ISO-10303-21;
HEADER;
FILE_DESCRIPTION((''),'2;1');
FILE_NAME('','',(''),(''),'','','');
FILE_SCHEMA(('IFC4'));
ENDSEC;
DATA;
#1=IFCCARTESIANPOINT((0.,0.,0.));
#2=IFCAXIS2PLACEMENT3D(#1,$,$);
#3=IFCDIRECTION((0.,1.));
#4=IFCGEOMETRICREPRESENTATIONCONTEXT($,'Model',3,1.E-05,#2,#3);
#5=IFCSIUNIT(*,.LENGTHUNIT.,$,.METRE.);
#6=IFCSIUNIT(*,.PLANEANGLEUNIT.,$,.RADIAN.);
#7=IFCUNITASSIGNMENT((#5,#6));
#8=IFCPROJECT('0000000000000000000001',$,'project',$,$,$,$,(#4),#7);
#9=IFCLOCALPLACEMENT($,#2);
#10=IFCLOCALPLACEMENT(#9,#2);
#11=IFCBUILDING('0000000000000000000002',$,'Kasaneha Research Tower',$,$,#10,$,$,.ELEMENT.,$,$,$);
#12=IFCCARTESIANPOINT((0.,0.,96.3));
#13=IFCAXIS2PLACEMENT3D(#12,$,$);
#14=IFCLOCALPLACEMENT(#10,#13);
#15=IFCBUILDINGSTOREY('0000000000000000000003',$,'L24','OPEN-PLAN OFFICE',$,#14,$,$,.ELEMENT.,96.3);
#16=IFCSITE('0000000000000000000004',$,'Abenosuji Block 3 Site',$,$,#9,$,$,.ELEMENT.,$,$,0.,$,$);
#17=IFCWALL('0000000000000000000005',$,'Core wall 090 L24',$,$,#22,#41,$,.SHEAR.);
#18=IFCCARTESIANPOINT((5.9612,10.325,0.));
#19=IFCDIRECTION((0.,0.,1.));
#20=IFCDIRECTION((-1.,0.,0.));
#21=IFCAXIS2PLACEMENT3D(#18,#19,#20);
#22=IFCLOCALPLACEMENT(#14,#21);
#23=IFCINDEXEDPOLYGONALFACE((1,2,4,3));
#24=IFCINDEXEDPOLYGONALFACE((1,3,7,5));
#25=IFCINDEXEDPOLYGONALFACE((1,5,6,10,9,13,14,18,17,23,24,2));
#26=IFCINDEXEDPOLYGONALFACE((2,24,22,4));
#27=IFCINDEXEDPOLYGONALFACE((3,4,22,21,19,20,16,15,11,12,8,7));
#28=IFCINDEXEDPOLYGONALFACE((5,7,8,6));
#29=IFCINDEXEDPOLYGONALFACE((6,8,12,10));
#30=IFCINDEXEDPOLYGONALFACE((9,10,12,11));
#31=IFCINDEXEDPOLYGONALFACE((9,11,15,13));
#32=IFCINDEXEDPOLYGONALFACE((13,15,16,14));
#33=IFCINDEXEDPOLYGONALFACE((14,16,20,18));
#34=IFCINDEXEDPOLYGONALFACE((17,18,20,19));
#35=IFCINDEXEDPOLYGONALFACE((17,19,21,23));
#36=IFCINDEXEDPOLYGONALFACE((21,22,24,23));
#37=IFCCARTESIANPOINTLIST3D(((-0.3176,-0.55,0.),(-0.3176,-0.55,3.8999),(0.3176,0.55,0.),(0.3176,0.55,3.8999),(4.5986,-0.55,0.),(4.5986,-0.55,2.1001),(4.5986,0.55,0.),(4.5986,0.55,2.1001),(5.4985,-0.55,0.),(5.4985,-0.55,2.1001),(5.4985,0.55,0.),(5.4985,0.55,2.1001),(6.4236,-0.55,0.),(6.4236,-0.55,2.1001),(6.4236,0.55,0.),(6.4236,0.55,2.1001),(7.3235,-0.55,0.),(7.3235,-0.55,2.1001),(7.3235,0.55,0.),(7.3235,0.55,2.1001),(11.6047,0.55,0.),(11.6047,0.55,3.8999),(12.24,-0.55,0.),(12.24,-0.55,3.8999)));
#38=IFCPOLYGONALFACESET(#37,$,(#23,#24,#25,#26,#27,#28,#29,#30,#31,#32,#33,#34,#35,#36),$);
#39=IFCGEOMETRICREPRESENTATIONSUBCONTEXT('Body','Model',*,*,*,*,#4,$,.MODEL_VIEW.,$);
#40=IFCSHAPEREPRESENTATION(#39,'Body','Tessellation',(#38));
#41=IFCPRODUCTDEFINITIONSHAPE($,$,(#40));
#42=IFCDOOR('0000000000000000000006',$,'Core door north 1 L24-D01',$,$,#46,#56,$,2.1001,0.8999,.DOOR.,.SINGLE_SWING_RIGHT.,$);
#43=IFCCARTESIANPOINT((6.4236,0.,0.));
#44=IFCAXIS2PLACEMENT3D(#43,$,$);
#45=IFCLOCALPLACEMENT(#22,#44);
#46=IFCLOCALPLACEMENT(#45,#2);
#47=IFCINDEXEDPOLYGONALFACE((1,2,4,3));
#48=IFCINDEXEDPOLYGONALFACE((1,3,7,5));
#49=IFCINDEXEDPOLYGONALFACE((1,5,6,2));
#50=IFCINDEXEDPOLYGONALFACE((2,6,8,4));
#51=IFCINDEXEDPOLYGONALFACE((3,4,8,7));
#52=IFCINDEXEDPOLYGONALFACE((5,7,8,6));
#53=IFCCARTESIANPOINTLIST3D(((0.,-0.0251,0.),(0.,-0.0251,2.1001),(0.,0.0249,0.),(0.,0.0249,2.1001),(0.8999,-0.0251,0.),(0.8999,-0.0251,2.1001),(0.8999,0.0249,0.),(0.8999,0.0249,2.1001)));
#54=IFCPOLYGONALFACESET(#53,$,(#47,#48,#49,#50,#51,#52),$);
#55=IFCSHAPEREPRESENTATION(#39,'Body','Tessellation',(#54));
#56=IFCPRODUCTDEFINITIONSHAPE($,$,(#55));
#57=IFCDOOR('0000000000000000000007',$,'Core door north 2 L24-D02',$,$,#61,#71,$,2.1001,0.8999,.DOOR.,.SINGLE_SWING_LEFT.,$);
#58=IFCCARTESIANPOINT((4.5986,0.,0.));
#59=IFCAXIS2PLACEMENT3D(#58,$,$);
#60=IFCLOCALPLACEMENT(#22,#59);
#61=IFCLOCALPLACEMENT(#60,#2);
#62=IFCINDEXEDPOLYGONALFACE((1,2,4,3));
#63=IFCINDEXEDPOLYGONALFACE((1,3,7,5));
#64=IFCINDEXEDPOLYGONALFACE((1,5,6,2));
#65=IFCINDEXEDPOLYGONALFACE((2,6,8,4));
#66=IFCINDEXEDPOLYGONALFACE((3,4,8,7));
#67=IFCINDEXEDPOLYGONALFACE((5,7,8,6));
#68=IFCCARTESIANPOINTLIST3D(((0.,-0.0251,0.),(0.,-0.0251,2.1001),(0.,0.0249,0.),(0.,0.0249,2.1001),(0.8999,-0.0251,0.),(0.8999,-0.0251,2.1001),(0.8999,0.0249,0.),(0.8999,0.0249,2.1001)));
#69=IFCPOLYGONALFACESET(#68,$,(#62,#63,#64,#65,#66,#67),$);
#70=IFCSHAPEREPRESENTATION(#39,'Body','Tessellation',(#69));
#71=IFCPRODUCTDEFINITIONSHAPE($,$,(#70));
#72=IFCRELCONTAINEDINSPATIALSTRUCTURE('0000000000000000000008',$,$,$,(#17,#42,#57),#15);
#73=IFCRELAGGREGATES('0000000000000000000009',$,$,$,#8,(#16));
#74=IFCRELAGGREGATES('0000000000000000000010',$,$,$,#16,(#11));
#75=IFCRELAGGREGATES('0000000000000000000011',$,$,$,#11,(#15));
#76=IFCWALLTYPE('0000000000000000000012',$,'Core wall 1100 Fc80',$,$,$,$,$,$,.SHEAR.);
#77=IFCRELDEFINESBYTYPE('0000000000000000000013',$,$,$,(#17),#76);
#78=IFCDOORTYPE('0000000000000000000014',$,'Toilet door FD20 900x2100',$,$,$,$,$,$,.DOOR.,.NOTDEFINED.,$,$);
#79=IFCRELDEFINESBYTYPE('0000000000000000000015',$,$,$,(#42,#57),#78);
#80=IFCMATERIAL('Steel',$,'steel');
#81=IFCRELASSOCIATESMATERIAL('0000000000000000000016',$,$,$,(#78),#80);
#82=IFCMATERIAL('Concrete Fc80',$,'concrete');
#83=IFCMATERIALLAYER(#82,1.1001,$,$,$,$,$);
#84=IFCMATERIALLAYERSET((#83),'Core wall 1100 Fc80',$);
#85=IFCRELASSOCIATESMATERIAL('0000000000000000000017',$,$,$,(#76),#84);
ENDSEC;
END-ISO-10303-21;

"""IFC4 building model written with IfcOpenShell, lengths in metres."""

from ifc_helpers import new_model, si_unit, direction, frame, frame_2d, origin, place, context, subcontext, project, spatial, polyline, rectangle, outline, extrude, material, layer, layer_set, type_object, element, fill, save


model = new_model("IFC4")

# Units and contexts
model_context = context("Model", 3, precision=1e-05, world=origin(), true_north=direction((0.0, 1.0)))
body_context = subcontext(model_context, "Body", "Model", "MODEL_VIEW")
ifc_project = project(units=[si_unit("LENGTHUNIT", "METRE"), si_unit("PLANEANGLEUNIT", "RADIAN")], contexts=[model_context])

# Site, building, storey
site_placement = place(None, origin())
site = spatial("IfcSite", under=ifc_project, at=site_placement, Name="Abenosuji Block 3 Site", CompositionType="ELEMENT", RefElevation=0.0)
building_placement = place(site_placement, origin())
building = spatial("IfcBuilding", under=site, at=building_placement, Name="Kasaneha Research Tower", CompositionType="ELEMENT")
storey_placement = place(building_placement, frame((0.0, 0.0, 96.3)))
storey = spatial("IfcBuildingStorey", under=building, at=storey_placement, Name="L24", Description="OPEN-PLAN OFFICE", CompositionType="ELEMENT", Elevation=96.3)

# Shared definitions
ifc_material_1 = material(Name="Steel", Category="steel")
door_type_1 = type_object("IfcDoorType", Name="Toilet door FD20 900x2100", OperationType="NOTDEFINED", PredefinedType="DOOR", material=ifc_material_1)

# Wall, openings, doors
ifc_material_2 = material(Name="Concrete Fc80", Category="concrete")
ifc_layer_1 = layer(ifc_material_2, 1.1001)
ifc_layer_set_1 = layer_set([ifc_layer_1], Name="Core wall 1100 Fc80")
wall_type_1 = type_object("IfcWallType", Name="Core wall 1100 Fc80", PredefinedType="SHEAR", material=ifc_layer_set_1)
wall_1_placement = place(storey_placement, frame((5.9612, 10.325, 0.0), z_axis=(0.0, 0.0, 1.0), x_axis=(-1.0, 0.0, 0.0)))
wall_1 = element("IfcWall", 1, at=wall_1_placement, inside=storey, type_object=wall_type_1, Name="Core wall 090 L24", PredefinedType="SHEAR", context=body_context, shape_type="SweptSolid", body=[
    extrude(outline(polyline([(-0.3176, -0.55), (4.5986, -0.55), (5.4985, -0.55), (6.4236, -0.55), (7.3235, -0.55), (12.24, -0.55), (11.6047, 0.55), (7.3235, 0.55), (6.4236, 0.55), (5.4985, 0.55), (4.5986, 0.55), (0.3176, 0.55), (-0.3176, -0.55)])), origin(), (0.0, 0.0, 1.0), 3.8999),
])
opening_1_placement = place(wall_1_placement, frame((6.4236, 0.0, 0.0)))
opening_1 = element("IfcOpeningElement", 2, at=opening_1_placement, cuts=wall_1, PredefinedType="OPENING", context=body_context, shape_type="SweptSolid", body=[
    extrude(rectangle(XDim=0.8999, YDim=2.1001, at=frame_2d((0.45, 1.05))), frame((0.0, 0.5601, 0.0), z_axis=(0.0, -1.0, 0.0), x_axis=(1.0, 0.0, 0.0)), (0.0, 0.0, 1.0), 1.1201),
])
opening_2_placement = place(wall_1_placement, frame((4.5986, 0.0, 0.0)))
opening_2 = element("IfcOpeningElement", 3, at=opening_2_placement, cuts=wall_1, PredefinedType="OPENING", context=body_context, shape_type="SweptSolid", body=[
    extrude(rectangle(XDim=0.8999, YDim=2.1001, at=frame_2d((0.45, 1.05))), frame((0.0, 0.5601, 0.0), z_axis=(0.0, -1.0, 0.0), x_axis=(1.0, 0.0, 0.0)), (0.0, 0.0, 1.0), 1.1201),
])
door_1_placement = place(opening_1_placement, origin())
door_1 = element("IfcDoor", 4, at=door_1_placement, inside=storey, type_object=door_type_1, Name="Core door north 1 L24-D01", OperationType="SINGLE_SWING_RIGHT", OverallHeight=2.1001, OverallWidth=0.8999, PredefinedType="DOOR", context=body_context, shape_type="SweptSolid", body=[
    extrude(rectangle(XDim=0.8999, YDim=2.1001, at=frame_2d((0.45, 1.05))), frame((0.0, 0.0249, 0.0), z_axis=(0.0, -1.0, 0.0), x_axis=(1.0, 0.0, 0.0)), (0.0, 0.0, 1.0), 0.05),
])
fill(opening_1, door_1)
door_2_placement = place(opening_2_placement, origin())
door_2 = element("IfcDoor", 5, at=door_2_placement, inside=storey, type_object=door_type_1, Name="Core door north 2 L24-D02", OperationType="SINGLE_SWING_LEFT", OverallHeight=2.1001, OverallWidth=0.8999, PredefinedType="DOOR", context=body_context, shape_type="SweptSolid", body=[
    extrude(rectangle(XDim=0.8999, YDim=2.1001, at=frame_2d((0.45, 1.05))), frame((0.0, 0.0249, 0.0), z_axis=(0.0, -1.0, 0.0), x_axis=(1.0, 0.0, 0.0)), (0.0, 0.0, 1.0), 0.05),
])
fill(opening_2, door_2)

save(model, "model.ifc")
